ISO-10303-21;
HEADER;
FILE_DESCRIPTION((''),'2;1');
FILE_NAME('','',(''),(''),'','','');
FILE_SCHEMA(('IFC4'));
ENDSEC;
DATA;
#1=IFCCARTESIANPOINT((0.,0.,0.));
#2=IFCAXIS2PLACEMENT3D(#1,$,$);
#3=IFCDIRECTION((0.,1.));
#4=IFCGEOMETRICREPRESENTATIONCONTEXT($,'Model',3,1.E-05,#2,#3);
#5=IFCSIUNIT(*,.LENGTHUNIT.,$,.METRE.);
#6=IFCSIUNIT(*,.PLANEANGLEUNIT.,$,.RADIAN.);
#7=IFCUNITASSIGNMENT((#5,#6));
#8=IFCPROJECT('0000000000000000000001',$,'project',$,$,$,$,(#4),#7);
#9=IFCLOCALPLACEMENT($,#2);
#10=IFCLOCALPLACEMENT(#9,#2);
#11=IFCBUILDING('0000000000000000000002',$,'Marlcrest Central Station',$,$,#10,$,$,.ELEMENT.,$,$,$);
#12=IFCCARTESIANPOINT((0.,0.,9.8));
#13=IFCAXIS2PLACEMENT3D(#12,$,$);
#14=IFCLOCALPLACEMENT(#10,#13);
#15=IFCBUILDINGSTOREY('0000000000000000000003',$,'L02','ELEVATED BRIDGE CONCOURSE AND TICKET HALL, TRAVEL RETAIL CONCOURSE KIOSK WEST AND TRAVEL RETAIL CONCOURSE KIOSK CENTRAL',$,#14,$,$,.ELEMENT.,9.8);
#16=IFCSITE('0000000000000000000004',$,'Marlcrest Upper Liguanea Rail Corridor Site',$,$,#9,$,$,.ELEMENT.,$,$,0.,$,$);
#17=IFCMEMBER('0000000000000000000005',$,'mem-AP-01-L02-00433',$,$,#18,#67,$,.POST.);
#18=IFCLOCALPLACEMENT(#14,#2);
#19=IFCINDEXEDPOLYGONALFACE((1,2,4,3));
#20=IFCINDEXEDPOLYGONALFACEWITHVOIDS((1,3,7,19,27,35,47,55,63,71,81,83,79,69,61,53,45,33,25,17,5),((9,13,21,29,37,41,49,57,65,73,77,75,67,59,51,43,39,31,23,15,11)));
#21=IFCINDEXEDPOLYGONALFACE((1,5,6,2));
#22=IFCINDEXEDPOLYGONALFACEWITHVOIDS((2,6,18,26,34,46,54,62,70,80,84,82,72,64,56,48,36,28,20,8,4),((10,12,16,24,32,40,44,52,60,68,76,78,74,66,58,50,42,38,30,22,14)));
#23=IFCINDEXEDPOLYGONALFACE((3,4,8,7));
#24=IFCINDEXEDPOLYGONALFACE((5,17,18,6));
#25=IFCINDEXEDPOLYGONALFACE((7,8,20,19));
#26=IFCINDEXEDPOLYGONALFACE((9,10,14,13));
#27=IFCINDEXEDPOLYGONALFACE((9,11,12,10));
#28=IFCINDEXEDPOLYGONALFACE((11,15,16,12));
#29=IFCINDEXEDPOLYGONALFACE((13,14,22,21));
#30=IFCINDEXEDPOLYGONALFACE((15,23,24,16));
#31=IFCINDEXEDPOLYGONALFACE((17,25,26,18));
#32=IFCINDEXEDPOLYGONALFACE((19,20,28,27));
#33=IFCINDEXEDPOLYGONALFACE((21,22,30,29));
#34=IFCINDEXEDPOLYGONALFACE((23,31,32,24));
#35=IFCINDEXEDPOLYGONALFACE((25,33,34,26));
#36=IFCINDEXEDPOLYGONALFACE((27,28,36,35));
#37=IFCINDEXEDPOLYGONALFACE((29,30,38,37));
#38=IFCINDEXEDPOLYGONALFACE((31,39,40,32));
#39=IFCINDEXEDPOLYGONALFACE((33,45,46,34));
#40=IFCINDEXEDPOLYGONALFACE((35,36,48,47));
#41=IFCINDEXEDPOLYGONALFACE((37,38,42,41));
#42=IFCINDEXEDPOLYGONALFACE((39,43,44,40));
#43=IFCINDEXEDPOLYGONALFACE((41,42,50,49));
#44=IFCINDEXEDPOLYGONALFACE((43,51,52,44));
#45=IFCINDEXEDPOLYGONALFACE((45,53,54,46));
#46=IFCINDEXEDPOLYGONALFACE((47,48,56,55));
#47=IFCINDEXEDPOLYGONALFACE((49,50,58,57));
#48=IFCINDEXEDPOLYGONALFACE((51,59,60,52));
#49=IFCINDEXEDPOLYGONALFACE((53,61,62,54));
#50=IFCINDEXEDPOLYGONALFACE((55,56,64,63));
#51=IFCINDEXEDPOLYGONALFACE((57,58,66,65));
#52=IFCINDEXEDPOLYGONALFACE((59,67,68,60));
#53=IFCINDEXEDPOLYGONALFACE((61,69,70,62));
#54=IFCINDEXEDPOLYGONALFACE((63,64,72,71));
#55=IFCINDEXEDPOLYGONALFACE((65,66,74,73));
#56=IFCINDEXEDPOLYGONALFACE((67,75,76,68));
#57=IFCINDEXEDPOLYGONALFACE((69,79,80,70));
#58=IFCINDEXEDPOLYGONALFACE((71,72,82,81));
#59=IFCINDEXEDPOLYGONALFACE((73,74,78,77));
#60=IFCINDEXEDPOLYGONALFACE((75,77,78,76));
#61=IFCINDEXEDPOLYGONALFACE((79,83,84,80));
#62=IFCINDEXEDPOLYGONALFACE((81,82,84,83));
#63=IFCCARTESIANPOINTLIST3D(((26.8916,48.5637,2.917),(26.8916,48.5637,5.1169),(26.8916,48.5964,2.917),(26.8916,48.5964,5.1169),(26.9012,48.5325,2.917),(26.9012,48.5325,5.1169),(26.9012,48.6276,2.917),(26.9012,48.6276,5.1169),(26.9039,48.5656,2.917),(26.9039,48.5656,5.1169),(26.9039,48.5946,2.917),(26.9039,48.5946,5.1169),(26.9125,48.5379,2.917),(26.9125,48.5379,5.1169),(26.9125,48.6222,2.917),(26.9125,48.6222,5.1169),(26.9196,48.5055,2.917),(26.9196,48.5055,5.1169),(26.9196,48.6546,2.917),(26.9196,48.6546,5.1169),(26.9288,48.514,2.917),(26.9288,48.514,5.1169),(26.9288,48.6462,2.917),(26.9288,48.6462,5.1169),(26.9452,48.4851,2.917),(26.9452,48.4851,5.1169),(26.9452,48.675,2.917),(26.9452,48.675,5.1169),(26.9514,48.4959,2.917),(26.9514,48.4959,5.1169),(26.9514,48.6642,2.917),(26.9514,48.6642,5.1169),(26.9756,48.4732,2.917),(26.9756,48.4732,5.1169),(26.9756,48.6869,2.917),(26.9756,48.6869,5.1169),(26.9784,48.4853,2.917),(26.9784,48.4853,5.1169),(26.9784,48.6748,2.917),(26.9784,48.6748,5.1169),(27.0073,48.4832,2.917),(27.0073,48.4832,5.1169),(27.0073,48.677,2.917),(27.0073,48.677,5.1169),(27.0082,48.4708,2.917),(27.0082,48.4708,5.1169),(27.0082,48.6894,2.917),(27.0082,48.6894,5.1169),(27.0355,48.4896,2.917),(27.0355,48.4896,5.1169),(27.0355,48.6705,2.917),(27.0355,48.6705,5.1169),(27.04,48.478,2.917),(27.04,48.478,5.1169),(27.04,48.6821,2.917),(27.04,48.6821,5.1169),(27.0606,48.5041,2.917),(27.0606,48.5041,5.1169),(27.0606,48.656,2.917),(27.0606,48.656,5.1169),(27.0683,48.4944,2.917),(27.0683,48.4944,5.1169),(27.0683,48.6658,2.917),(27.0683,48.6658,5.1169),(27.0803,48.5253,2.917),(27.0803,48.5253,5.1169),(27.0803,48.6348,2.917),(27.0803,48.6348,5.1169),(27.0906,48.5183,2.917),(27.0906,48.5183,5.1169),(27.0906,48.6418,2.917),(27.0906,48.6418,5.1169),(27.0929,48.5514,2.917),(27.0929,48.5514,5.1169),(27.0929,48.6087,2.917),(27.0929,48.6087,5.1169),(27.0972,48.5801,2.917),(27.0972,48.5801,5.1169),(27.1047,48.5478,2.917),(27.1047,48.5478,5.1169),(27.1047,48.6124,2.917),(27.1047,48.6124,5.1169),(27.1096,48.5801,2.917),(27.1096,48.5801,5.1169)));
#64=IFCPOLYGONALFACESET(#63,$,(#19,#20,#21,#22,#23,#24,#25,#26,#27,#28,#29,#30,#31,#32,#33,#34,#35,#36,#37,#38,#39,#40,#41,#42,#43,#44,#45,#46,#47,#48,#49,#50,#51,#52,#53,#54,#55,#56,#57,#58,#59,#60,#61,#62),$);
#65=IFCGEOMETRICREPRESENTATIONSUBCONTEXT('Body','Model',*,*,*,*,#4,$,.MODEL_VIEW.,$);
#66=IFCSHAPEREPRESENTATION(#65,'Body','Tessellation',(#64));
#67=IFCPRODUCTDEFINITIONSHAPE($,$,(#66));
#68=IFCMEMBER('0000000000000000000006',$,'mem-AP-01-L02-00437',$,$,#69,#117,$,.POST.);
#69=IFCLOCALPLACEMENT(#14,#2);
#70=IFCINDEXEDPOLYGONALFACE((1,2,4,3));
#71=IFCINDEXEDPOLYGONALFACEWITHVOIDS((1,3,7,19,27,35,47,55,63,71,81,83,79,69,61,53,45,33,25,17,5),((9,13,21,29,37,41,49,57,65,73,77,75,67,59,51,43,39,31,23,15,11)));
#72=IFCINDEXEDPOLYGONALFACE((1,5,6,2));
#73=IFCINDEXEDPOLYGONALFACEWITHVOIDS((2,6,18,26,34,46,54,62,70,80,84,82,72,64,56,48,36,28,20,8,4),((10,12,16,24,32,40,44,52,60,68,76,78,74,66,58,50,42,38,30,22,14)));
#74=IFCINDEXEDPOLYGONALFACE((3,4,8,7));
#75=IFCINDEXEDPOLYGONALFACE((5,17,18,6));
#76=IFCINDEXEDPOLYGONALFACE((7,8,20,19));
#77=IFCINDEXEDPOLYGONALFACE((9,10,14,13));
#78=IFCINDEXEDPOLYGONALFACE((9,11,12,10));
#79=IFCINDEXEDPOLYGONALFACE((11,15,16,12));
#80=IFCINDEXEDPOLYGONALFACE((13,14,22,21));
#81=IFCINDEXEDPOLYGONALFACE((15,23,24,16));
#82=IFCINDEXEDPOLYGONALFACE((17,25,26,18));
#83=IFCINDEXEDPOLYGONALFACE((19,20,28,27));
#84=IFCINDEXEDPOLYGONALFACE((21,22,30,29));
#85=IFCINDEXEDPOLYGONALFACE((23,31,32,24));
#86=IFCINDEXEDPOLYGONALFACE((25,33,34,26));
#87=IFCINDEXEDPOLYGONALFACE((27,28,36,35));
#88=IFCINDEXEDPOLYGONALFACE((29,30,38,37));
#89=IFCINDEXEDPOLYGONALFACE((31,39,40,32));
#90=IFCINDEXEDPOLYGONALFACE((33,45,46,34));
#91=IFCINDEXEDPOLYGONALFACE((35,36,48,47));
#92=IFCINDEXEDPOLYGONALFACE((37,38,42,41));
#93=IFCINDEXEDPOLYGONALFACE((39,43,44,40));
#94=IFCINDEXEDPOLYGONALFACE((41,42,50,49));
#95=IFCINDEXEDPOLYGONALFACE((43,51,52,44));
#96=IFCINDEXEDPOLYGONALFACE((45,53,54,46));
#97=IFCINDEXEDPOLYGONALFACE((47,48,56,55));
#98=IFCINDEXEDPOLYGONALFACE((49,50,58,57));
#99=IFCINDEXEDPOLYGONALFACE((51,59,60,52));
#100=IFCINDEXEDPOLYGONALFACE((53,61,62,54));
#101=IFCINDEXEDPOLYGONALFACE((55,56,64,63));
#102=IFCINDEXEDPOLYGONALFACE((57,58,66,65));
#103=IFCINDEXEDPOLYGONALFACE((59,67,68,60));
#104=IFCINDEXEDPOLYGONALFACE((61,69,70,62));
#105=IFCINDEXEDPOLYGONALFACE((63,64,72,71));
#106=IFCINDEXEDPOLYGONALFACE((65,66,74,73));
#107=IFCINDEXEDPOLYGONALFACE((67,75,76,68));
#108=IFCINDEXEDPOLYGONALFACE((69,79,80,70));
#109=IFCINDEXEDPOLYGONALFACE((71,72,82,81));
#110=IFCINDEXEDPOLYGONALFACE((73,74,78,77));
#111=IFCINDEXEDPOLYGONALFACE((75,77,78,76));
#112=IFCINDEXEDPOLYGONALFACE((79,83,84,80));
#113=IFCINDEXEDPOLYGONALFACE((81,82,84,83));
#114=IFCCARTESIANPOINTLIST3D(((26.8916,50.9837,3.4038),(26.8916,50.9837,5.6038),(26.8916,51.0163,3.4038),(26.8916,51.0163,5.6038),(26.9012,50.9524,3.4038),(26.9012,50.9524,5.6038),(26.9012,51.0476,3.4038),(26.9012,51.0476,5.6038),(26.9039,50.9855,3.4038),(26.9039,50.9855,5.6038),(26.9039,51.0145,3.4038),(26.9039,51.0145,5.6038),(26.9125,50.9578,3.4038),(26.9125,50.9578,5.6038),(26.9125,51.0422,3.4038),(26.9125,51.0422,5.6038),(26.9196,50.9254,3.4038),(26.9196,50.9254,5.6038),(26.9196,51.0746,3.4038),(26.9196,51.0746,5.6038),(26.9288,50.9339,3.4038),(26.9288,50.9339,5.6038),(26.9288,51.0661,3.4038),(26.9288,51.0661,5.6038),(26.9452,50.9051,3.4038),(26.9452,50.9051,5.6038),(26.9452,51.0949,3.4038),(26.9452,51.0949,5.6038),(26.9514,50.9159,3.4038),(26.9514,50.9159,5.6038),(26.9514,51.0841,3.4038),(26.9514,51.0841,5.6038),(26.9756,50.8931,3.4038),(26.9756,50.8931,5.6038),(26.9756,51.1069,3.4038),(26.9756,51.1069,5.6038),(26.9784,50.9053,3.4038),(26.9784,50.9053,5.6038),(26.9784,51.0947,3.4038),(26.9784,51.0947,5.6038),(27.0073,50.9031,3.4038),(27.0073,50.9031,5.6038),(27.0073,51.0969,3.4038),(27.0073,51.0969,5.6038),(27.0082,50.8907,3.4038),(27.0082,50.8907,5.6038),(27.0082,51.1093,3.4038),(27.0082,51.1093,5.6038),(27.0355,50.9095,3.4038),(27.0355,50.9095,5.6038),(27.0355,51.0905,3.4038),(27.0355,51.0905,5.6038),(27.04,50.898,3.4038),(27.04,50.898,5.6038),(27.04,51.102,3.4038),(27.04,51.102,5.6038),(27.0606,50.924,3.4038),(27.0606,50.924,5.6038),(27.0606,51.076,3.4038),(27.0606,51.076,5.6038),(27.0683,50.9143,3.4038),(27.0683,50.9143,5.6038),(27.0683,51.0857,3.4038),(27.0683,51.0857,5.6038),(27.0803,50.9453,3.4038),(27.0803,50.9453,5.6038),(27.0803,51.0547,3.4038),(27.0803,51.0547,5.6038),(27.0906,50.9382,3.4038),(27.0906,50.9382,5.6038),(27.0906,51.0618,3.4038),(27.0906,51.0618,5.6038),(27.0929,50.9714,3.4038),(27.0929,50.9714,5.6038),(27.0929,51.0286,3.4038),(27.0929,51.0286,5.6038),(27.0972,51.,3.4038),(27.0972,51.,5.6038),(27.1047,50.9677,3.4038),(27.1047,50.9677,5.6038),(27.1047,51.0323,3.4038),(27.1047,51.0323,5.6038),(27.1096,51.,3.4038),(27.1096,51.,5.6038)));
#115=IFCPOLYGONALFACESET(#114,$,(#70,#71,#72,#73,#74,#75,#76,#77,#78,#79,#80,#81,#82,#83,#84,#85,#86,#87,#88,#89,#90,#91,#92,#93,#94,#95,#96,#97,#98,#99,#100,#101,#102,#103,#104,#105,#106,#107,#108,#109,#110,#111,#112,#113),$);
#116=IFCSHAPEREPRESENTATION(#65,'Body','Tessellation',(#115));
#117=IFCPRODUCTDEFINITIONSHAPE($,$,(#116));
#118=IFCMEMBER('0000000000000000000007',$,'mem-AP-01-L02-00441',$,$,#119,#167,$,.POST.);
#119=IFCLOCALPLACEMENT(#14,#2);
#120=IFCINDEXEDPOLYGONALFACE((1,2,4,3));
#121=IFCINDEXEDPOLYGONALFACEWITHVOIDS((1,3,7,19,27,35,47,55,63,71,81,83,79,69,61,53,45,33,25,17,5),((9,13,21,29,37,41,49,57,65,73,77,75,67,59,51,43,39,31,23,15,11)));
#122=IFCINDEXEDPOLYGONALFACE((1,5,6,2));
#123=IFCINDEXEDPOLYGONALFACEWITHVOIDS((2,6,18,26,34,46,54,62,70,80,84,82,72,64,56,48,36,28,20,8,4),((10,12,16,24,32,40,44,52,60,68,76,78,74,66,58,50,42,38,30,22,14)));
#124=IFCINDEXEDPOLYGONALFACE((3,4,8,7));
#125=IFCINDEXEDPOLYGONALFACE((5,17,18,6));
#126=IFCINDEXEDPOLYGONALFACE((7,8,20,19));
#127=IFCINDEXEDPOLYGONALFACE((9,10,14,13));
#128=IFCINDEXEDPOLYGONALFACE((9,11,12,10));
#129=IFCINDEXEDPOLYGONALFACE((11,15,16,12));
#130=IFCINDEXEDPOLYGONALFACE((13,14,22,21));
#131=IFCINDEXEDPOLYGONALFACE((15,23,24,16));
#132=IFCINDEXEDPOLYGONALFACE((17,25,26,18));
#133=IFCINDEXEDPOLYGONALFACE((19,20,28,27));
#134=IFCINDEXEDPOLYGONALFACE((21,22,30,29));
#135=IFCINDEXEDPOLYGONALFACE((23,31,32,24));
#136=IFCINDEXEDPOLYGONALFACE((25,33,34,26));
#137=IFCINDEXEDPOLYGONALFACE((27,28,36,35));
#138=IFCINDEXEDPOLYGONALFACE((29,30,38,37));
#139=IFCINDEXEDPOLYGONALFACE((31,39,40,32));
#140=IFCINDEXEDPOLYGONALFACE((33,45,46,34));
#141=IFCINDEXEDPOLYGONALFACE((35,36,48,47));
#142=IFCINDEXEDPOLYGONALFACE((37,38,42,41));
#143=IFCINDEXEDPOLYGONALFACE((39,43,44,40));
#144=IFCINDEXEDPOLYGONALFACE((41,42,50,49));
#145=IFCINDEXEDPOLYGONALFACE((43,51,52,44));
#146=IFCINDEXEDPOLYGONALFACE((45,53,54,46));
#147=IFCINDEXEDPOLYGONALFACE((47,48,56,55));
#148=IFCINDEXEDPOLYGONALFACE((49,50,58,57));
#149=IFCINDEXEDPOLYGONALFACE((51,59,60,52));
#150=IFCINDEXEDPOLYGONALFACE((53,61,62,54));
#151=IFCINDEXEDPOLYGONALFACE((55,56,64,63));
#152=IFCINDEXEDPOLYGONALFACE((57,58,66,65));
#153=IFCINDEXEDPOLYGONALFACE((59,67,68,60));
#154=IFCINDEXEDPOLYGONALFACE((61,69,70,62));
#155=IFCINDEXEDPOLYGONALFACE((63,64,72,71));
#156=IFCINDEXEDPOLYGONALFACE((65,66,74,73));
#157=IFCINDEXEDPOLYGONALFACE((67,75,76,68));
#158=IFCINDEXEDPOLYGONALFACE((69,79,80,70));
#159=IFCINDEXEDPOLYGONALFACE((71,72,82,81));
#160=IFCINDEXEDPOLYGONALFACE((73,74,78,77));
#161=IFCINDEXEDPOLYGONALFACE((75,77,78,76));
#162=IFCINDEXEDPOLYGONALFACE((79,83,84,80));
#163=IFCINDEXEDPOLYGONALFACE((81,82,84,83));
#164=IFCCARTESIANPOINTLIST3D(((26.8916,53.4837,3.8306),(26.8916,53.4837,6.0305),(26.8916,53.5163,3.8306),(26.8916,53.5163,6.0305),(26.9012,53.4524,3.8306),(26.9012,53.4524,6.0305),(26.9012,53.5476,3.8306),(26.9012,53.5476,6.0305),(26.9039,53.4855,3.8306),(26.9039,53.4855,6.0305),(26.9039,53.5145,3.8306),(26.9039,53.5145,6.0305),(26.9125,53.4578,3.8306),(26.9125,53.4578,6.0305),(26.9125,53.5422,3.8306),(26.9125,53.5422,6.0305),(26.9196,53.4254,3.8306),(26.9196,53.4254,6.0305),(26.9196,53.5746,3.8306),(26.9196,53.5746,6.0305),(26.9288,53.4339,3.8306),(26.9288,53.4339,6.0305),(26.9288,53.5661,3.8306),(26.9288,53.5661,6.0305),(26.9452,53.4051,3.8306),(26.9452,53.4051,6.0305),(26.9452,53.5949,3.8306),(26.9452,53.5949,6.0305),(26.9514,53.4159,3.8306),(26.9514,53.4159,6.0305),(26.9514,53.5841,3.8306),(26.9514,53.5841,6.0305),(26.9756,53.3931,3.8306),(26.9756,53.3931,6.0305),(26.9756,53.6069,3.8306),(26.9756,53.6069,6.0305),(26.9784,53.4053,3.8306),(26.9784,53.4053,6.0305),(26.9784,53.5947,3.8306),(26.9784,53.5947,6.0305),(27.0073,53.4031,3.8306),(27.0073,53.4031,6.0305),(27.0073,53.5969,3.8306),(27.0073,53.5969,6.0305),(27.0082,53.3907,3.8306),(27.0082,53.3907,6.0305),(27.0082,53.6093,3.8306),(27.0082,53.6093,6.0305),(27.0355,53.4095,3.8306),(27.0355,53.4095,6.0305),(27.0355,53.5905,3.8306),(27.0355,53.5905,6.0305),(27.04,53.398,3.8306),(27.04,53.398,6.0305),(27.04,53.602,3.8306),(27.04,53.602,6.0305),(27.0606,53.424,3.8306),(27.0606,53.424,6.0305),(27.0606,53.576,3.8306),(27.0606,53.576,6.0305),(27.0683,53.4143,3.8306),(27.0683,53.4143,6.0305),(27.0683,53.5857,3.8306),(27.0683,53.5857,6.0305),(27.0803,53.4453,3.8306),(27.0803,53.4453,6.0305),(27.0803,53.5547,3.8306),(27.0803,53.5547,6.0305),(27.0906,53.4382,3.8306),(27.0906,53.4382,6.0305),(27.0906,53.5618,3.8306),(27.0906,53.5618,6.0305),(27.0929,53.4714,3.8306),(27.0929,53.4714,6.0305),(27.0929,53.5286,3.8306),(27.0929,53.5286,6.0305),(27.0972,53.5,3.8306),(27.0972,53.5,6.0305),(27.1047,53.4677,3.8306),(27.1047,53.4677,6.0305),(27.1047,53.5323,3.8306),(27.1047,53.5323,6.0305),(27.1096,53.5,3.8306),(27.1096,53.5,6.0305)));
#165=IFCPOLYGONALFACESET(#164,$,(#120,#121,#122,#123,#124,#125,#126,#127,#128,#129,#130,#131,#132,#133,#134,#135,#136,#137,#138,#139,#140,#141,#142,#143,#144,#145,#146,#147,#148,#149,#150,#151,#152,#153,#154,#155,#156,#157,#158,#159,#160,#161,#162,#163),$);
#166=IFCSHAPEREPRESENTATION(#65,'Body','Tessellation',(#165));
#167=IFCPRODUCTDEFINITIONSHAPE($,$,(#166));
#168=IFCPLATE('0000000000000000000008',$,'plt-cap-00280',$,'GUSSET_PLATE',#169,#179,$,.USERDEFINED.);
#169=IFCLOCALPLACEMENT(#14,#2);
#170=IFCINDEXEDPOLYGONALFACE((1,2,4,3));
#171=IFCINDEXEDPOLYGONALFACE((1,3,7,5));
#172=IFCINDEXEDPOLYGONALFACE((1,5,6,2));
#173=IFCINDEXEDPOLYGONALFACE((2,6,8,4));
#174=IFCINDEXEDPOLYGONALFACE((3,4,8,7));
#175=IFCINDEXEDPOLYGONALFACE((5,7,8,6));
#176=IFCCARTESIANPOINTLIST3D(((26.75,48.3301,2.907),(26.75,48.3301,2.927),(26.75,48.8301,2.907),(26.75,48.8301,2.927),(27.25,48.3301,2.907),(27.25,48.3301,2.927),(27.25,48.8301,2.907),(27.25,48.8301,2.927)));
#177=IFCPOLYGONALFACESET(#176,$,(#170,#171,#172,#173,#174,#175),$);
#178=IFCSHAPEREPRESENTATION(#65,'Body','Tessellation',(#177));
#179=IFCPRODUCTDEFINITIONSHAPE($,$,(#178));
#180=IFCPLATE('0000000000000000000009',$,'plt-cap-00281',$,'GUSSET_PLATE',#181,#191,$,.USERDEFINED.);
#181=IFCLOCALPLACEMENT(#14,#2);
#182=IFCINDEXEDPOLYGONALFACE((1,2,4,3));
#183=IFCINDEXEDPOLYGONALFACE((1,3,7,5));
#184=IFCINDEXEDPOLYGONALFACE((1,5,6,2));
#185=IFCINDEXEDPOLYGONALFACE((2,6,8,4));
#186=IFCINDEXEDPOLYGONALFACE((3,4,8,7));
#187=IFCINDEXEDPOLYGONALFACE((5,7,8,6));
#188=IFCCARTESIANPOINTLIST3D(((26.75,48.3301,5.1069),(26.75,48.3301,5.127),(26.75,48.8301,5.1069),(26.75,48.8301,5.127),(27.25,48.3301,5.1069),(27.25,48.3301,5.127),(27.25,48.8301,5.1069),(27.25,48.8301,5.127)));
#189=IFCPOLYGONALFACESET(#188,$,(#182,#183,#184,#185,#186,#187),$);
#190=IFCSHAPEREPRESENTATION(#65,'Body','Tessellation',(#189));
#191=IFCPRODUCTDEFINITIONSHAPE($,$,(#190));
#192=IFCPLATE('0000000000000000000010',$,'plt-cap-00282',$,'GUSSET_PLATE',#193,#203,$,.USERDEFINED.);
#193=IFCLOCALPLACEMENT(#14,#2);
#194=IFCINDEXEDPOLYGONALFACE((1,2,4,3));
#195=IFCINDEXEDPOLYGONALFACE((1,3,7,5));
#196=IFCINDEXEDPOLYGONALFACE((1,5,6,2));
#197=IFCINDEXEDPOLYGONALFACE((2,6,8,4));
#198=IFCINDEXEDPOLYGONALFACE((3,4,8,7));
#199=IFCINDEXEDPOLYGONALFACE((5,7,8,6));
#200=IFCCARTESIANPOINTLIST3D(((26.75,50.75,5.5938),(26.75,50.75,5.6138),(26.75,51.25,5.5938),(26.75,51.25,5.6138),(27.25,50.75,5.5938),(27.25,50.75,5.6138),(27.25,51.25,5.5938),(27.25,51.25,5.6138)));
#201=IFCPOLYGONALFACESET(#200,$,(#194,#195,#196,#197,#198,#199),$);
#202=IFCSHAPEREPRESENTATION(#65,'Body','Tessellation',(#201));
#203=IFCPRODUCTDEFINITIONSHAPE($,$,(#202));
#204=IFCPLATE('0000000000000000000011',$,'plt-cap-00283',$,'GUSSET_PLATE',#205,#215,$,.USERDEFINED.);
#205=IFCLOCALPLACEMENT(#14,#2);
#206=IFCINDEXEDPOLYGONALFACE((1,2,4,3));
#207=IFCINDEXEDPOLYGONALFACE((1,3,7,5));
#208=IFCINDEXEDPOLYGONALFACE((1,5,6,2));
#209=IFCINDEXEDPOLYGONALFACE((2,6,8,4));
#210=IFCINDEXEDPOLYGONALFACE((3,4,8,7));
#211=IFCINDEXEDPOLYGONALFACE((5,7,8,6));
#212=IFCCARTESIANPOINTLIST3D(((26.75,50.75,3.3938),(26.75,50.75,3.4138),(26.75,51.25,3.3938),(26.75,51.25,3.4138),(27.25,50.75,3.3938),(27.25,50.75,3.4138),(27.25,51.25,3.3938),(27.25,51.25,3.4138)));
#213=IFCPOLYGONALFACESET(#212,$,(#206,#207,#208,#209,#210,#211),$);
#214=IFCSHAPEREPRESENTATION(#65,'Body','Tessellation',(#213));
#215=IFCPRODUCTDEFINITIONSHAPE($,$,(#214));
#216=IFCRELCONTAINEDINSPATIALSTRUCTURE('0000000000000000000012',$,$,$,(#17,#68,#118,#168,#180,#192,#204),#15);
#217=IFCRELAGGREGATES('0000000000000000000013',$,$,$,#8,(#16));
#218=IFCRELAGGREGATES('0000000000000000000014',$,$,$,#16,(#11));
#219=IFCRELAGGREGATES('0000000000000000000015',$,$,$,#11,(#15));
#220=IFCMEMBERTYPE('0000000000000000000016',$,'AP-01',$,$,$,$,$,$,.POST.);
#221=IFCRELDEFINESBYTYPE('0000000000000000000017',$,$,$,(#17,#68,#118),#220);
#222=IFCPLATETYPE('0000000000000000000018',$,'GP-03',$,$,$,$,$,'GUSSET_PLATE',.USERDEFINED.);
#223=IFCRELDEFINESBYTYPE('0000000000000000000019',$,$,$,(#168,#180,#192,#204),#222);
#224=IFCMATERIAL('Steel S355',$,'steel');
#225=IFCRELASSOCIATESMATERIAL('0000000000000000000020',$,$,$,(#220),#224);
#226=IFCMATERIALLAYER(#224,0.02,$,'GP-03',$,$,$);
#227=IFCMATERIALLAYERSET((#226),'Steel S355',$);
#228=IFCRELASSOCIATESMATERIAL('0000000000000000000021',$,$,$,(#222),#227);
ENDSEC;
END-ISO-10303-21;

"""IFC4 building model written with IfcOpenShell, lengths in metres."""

from ifc_helpers import new_model, si_unit, direction, frame, origin, origin_2d, place, context, subcontext, project, spatial, rectangle, hollow_circle, extrude, material, layer, layer_set, material_profile, profile_set, type_object, element, save


model = new_model("IFC4")

# Units and contexts
model_context = context("Model", 3, precision=1e-05, world=origin(), true_north=direction((0.0, 1.0)))
body_context = subcontext(model_context, "Body", "Model", "MODEL_VIEW")
ifc_project = project(units=[si_unit("LENGTHUNIT", "METRE"), si_unit("PLANEANGLEUNIT", "RADIAN")], contexts=[model_context])

# Site, building, storey
site_placement = place(None, origin())
site = spatial("IfcSite", under=ifc_project, at=site_placement, Name="Marlcrest Upper Liguanea Rail Corridor Site", CompositionType="ELEMENT", RefElevation=0.0)
building_placement = place(site_placement, origin())
building = spatial("IfcBuilding", under=site, at=building_placement, Name="Marlcrest Central Station", CompositionType="ELEMENT")
storey_placement = place(building_placement, frame((0.0, 0.0, 9.8)))
storey = spatial("IfcBuildingStorey", under=building, at=storey_placement, Name="L02", Description="ELEVATED BRIDGE CONCOURSE AND TICKET HALL, TRAVEL RETAIL CONCOURSE KIOSK WEST AND TRAVEL RETAIL CONCOURSE KIOSK CENTRAL", CompositionType="ELEMENT", Elevation=9.8)

# Members
ifc_material = material(Name="Steel S355", Category="steel")
ifc_material_profile_1 = material_profile(ifc_material, hollow_circle(Radius=0.1096, WallThickness=0.0125, at=origin_2d()), Name="CHS 219.1x12.5")
ifc_profile_set_1 = profile_set([ifc_material_profile_1], Name="Steel S355")
member_type_1 = type_object("IfcMemberType", Name="AP-01", PredefinedType="POST", material=ifc_profile_set_1)
for number, where, z_axis, x_axis, name in (
    (1, (27.0, 48.5801, 2.917), (0.0, 0.0, 1.0), (1.0, 0.0, 0.0), "mem-AP-01-L02-00433"),
    (2, (27.0, 51.0, 3.4038), (0.0, 0.0, 1.0), (1.0, 0.0, 0.0), "mem-AP-01-L02-00437"),
    (3, (27.0, 53.5, 3.8306), (0.0, 0.0, 1.0), (1.0, 0.0, 0.0), "mem-AP-01-L02-00441"),
):
    element("IfcMember", number, at=place(storey_placement, frame(where, z_axis=z_axis, x_axis=x_axis)), inside=storey, type_object=member_type_1, Name=name, PredefinedType="POST", context=body_context, shape_type="SweptSolid", body=[
        extrude(hollow_circle(Radius=0.1096, WallThickness=0.0125, at=origin_2d()), origin(), (0.0, 0.0, 1.0), 2.2),
    ])

# Plates
ifc_layer = layer(ifc_material, 0.02, Name="GP-03")
ifc_layer_set = layer_set([ifc_layer], Name="Steel S355")
plate_type = type_object("IfcPlateType", Name="GP-03", ElementType="GUSSET_PLATE", PredefinedType="USERDEFINED", material=ifc_layer_set)
for number, where, z_axis, x_axis, name in (
    (4, (27.0, 48.5801, 2.907), (0.0, 0.0, 1.0), (1.0, 0.0, 0.0), "plt-cap-00280"),
    (5, (27.0, 48.5801, 5.1069), (0.0, 0.0, 1.0), (1.0, 0.0, 0.0), "plt-cap-00281"),
    (6, (27.0, 51.0, 5.5938), (0.0, 0.0, 1.0), (1.0, 0.0, 0.0), "plt-cap-00282"),
    (7, (27.0, 51.0, 3.3938), (0.0, 0.0, 1.0), (1.0, 0.0, 0.0), "plt-cap-00283"),
):
    element("IfcPlate", number, at=place(storey_placement, frame(where, z_axis=z_axis, x_axis=x_axis)), inside=storey, type_object=plate_type, Name=name, ObjectType="GUSSET_PLATE", PredefinedType="USERDEFINED", context=body_context, shape_type="SweptSolid", body=[
        extrude(rectangle(XDim=0.5, YDim=0.5, at=origin_2d()), origin(), (0.0, 0.0, 1.0), 0.02),
    ])

save(model, "model.ifc")
